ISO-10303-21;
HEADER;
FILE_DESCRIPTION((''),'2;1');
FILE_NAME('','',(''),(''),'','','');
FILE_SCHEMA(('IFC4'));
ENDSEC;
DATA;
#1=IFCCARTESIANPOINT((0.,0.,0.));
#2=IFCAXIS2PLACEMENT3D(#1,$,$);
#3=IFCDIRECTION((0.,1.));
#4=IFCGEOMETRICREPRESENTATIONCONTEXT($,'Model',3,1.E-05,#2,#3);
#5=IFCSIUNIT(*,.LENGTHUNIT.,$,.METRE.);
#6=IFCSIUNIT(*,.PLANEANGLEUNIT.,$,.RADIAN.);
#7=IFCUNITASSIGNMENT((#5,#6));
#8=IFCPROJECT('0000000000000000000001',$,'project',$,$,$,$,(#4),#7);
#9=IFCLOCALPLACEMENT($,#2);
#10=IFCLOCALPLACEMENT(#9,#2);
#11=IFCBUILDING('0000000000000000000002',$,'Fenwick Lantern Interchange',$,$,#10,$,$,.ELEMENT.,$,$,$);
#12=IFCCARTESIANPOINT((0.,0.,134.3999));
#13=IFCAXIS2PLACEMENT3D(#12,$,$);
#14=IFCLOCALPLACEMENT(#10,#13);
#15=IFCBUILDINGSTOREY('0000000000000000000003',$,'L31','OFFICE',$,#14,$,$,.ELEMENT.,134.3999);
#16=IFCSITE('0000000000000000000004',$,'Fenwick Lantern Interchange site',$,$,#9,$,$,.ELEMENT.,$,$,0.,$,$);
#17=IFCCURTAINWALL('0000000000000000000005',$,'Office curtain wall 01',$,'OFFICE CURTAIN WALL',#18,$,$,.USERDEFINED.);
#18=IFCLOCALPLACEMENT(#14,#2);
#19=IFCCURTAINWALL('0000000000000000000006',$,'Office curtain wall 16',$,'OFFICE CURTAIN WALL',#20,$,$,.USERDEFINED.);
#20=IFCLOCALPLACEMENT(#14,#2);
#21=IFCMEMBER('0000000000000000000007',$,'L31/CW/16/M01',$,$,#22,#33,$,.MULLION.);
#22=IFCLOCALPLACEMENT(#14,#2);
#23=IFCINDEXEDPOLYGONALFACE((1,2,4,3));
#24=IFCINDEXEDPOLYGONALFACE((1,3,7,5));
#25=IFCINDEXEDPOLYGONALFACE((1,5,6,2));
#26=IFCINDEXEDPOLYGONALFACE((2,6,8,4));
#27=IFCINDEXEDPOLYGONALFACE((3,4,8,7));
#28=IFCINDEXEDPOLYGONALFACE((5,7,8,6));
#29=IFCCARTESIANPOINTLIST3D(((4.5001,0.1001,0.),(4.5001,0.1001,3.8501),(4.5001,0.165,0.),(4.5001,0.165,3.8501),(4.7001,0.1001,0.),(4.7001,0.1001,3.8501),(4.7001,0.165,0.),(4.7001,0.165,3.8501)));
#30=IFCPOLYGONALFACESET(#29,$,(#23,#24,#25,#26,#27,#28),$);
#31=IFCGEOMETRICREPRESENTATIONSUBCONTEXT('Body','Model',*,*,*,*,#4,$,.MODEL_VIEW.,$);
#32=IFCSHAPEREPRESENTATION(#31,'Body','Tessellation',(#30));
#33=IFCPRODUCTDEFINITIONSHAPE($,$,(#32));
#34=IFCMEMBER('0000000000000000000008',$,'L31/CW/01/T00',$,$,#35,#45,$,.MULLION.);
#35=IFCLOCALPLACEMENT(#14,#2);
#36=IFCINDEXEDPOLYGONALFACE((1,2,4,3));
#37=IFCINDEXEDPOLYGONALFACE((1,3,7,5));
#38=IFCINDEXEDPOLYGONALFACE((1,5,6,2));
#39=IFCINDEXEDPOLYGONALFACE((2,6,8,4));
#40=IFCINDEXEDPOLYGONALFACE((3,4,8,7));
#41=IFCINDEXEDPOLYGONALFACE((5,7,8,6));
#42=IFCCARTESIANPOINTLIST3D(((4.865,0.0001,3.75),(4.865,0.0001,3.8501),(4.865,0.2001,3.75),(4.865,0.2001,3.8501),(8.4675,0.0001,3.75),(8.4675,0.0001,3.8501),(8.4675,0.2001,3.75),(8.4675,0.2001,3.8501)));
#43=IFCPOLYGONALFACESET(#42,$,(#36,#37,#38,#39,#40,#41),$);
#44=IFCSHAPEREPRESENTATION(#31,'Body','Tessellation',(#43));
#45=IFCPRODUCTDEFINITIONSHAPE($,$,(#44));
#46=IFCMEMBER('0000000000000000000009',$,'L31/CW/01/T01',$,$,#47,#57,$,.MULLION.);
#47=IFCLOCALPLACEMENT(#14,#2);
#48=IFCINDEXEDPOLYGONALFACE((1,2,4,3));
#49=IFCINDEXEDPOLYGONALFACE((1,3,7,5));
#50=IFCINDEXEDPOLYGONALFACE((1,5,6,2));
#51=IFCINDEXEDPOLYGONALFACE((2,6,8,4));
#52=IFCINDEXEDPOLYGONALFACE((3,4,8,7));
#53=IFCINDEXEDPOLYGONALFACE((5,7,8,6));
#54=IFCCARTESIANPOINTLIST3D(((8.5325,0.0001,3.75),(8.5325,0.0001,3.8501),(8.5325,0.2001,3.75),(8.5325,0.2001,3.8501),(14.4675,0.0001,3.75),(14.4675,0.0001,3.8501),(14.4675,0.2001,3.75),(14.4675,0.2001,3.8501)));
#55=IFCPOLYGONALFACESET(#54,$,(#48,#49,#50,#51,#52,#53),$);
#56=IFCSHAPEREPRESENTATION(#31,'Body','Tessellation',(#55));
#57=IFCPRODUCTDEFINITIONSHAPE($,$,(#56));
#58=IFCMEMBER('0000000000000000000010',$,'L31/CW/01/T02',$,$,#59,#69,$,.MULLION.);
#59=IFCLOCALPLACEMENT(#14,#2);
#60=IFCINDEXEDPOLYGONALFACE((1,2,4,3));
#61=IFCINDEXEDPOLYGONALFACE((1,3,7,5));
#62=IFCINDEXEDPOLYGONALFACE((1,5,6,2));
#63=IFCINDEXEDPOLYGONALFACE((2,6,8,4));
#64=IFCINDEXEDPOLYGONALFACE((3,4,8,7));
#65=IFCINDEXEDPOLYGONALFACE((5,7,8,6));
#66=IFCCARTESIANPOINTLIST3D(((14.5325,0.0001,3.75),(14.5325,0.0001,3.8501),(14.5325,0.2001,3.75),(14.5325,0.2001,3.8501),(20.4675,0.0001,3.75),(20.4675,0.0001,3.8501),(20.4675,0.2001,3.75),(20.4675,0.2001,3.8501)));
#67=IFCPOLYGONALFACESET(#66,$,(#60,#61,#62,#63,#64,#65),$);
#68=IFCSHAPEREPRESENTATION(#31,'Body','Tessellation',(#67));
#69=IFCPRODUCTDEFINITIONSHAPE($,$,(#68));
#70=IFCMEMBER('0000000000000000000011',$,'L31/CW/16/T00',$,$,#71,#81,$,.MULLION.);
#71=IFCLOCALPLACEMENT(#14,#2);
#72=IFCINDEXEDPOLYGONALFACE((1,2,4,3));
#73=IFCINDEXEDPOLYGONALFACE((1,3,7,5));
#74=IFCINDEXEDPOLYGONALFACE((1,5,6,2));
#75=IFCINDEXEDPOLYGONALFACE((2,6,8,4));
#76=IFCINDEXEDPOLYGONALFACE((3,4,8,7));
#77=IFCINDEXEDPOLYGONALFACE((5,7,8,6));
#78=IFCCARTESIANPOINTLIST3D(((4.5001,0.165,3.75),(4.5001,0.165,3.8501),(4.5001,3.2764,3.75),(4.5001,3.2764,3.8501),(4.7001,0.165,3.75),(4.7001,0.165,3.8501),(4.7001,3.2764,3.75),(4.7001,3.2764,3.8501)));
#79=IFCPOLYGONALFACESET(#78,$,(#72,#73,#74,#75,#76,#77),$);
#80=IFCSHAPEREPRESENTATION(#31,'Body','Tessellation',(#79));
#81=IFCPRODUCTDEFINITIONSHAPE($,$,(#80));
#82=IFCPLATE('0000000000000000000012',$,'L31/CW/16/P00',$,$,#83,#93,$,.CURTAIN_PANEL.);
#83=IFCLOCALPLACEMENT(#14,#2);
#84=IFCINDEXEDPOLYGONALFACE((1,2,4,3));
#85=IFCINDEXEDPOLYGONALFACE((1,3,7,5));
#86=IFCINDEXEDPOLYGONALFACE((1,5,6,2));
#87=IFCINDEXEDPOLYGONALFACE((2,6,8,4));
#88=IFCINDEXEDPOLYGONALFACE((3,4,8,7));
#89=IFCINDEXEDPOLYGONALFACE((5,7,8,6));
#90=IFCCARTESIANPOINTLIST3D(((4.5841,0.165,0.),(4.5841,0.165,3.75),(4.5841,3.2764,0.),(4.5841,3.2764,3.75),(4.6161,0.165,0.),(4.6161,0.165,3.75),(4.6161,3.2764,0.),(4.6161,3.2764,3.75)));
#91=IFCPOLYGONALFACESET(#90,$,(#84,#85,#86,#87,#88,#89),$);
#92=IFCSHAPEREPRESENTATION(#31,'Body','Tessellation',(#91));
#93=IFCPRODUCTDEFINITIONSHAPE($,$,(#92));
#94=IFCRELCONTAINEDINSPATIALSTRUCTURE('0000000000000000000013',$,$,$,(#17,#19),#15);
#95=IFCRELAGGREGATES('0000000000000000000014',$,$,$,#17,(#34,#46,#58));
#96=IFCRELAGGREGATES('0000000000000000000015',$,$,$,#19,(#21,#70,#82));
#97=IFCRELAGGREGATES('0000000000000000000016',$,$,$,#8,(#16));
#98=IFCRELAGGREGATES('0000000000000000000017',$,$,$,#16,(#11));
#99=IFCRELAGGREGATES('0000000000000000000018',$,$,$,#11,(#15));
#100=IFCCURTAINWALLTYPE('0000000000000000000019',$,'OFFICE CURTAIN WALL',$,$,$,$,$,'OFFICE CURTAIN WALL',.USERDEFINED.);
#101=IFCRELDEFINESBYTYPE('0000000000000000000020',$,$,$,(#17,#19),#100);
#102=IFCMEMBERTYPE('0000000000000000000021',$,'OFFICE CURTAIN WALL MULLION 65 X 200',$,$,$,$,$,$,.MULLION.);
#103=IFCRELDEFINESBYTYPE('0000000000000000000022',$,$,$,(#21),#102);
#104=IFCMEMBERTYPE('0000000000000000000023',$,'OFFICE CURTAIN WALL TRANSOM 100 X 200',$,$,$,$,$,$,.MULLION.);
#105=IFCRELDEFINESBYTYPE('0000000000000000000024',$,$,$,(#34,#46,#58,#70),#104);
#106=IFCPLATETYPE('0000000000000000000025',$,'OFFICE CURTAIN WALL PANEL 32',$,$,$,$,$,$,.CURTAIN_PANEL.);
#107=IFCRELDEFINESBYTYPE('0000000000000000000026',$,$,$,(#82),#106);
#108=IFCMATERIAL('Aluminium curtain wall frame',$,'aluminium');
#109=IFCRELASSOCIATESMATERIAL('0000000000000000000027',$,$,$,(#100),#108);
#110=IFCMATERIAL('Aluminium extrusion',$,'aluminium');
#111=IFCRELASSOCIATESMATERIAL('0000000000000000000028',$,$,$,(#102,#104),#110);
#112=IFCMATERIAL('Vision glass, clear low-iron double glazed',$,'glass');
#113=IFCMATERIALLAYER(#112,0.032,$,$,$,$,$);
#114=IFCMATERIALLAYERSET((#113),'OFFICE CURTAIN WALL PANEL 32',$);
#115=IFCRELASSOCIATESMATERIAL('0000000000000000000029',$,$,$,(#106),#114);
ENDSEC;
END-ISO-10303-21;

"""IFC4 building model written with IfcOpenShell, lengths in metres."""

from ifc_helpers import new_model, si_unit, direction, frame, origin, origin_2d, place, context, subcontext, project, spatial, rectangle, extrude, material, layer, layer_set, material_profile, profile_set, type_object, element, aggregate, save


model = new_model("IFC4")

# Units and contexts
model_context = context("Model", 3, precision=1e-05, world=origin(), true_north=direction((0.0, 1.0)))
body_context = subcontext(model_context, "Body", "Model", "MODEL_VIEW")
ifc_project = project(units=[si_unit("LENGTHUNIT", "METRE"), si_unit("PLANEANGLEUNIT", "RADIAN")], contexts=[model_context])

# Site, building, storey
site_placement = place(None, origin())
site = spatial("IfcSite", under=ifc_project, at=site_placement, Name="Fenwick Lantern Interchange site", CompositionType="ELEMENT", RefElevation=0.0)
building_placement = place(site_placement, origin())
building = spatial("IfcBuilding", under=site, at=building_placement, Name="Fenwick Lantern Interchange", CompositionType="ELEMENT")
storey_placement = place(building_placement, frame((0.0, 0.0, 134.3999)))
storey = spatial("IfcBuildingStorey", under=building, at=storey_placement, Name="L31", Description="OFFICE", CompositionType="ELEMENT", Elevation=134.3999)

# Curtain walls, member
ifc_material_1 = material(Name="Aluminium curtain wall frame", Category="aluminium")
curtain_wall_type = type_object("IfcCurtainWallType", Name="OFFICE CURTAIN WALL", ElementType="OFFICE CURTAIN WALL", PredefinedType="USERDEFINED", material=ifc_material_1)
curtain_wall_1_placement = place(storey_placement, origin())
curtain_wall_1 = element("IfcCurtainWall", 1, at=curtain_wall_1_placement, inside=storey, type_object=curtain_wall_type, Name="Office curtain wall 01", ObjectType="OFFICE CURTAIN WALL", PredefinedType="USERDEFINED")
ifc_material_2 = material(Name="Aluminium extrusion", Category="aluminium")
ifc_material_profile_1 = material_profile(ifc_material_2, rectangle(XDim=0.2, YDim=0.0649, at=origin_2d()), Name="OFFICE CURTAIN WALL MULLION 65 X 200")
ifc_profile_set_1 = profile_set([ifc_material_profile_1], Name="Aluminium extrusion")
member_type_1 = type_object("IfcMemberType", Name="OFFICE CURTAIN WALL MULLION 65 X 200", PredefinedType="MULLION", material=ifc_profile_set_1)
curtain_wall_2_placement = place(storey_placement, origin())
curtain_wall_2 = element("IfcCurtainWall", 2, at=curtain_wall_2_placement, inside=storey, type_object=curtain_wall_type, Name="Office curtain wall 16", ObjectType="OFFICE CURTAIN WALL", PredefinedType="USERDEFINED")
member_1_placement = place(storey_placement, frame((4.6001, 0.1326, 0.0), z_axis=(0.0, 0.0, 1.0), x_axis=(1.0, 0.0, 0.0)))
member_1 = element("IfcMember", 3, at=member_1_placement, type_object=member_type_1, Name="L31/CW/16/M01", PredefinedType="MULLION", context=body_context, shape_type="SweptSolid", body=[
    extrude(rectangle(XDim=0.2, YDim=0.0649, at=origin_2d()), origin(), (0.0, 0.0, 1.0), 3.8501),
])

# Members
ifc_material_profile_2 = material_profile(ifc_material_2, rectangle(XDim=0.2, YDim=0.1001, at=origin_2d()), Name="OFFICE CURTAIN WALL TRANSOM 100 X 200")
ifc_profile_set_2 = profile_set([ifc_material_profile_2], Name="Aluminium extrusion")
member_type_2 = type_object("IfcMemberType", Name="OFFICE CURTAIN WALL TRANSOM 100 X 200", PredefinedType="MULLION", material=ifc_profile_set_2)
member_2_placement = place(storey_placement, frame((4.865, 0.1001, 3.8), z_axis=(1.0, 0.0, 0.0), x_axis=(0.0, 1.0, 0.0)))
member_2 = element("IfcMember", 4, at=member_2_placement, type_object=member_type_2, Name="L31/CW/01/T00", PredefinedType="MULLION", context=body_context, shape_type="SweptSolid", body=[
    extrude(rectangle(XDim=0.2, YDim=0.1001, at=origin_2d()), origin(), (0.0, 0.0, 1.0), 3.6025),
])
member_3_placement = place(storey_placement, frame((8.5325, 0.1001, 3.8), z_axis=(1.0, 0.0, 0.0), x_axis=(0.0, 1.0, 0.0)))
member_3 = element("IfcMember", 5, at=member_3_placement, type_object=member_type_2, Name="L31/CW/01/T01", PredefinedType="MULLION", context=body_context, shape_type="SweptSolid", body=[
    extrude(rectangle(XDim=0.2, YDim=0.1001, at=origin_2d()), origin(), (0.0, 0.0, 1.0), 5.9351),
])
member_4_placement = place(storey_placement, frame((14.5325, 0.1001, 3.8), z_axis=(1.0, 0.0, 0.0), x_axis=(0.0, 1.0, 0.0)))
member_4 = element("IfcMember", 6, at=member_4_placement, type_object=member_type_2, Name="L31/CW/01/T02", PredefinedType="MULLION", context=body_context, shape_type="SweptSolid", body=[
    extrude(rectangle(XDim=0.2, YDim=0.1001, at=origin_2d()), origin(), (0.0, 0.0, 1.0), 5.9351),
])
member_5_placement = place(storey_placement, frame((4.6001, 3.2764, 3.8), z_axis=(0.0, -1.0, 0.0), x_axis=(1.0, 0.0, 0.0)))
member_5 = element("IfcMember", 7, at=member_5_placement, type_object=member_type_2, Name="L31/CW/16/T00", PredefinedType="MULLION", context=body_context, shape_type="SweptSolid", body=[
    extrude(rectangle(XDim=0.2, YDim=0.1001, at=origin_2d()), origin(), (0.0, 0.0, 1.0), 3.1113),
])

# Plate
ifc_material_3 = material(Name="Vision glass, clear low-iron double glazed", Category="glass")
ifc_layer_1 = layer(ifc_material_3, 0.032)
ifc_layer_set_1 = layer_set([ifc_layer_1], Name="OFFICE CURTAIN WALL PANEL 32")
plate_type = type_object("IfcPlateType", Name="OFFICE CURTAIN WALL PANEL 32", PredefinedType="CURTAIN_PANEL", material=ifc_layer_set_1)
aggregate(curtain_wall_1, [member_2, member_3, member_4])
plate_1_placement = place(storey_placement, frame((4.6001, 1.7207, 0.0), z_axis=(0.0, 0.0, 1.0), x_axis=(0.0, -1.0, 0.0)))
plate_1 = element("IfcPlate", 8, at=plate_1_placement, type_object=plate_type, Name="L31/CW/16/P00", PredefinedType="CURTAIN_PANEL", context=body_context, shape_type="SweptSolid", body=[
    extrude(rectangle(XDim=3.1113, YDim=0.032, at=origin_2d()), origin(), (0.0, 0.0, 1.0), 3.75),
])
aggregate(curtain_wall_2, [member_1, member_5, plate_1])

save(model, "model.ifc")
